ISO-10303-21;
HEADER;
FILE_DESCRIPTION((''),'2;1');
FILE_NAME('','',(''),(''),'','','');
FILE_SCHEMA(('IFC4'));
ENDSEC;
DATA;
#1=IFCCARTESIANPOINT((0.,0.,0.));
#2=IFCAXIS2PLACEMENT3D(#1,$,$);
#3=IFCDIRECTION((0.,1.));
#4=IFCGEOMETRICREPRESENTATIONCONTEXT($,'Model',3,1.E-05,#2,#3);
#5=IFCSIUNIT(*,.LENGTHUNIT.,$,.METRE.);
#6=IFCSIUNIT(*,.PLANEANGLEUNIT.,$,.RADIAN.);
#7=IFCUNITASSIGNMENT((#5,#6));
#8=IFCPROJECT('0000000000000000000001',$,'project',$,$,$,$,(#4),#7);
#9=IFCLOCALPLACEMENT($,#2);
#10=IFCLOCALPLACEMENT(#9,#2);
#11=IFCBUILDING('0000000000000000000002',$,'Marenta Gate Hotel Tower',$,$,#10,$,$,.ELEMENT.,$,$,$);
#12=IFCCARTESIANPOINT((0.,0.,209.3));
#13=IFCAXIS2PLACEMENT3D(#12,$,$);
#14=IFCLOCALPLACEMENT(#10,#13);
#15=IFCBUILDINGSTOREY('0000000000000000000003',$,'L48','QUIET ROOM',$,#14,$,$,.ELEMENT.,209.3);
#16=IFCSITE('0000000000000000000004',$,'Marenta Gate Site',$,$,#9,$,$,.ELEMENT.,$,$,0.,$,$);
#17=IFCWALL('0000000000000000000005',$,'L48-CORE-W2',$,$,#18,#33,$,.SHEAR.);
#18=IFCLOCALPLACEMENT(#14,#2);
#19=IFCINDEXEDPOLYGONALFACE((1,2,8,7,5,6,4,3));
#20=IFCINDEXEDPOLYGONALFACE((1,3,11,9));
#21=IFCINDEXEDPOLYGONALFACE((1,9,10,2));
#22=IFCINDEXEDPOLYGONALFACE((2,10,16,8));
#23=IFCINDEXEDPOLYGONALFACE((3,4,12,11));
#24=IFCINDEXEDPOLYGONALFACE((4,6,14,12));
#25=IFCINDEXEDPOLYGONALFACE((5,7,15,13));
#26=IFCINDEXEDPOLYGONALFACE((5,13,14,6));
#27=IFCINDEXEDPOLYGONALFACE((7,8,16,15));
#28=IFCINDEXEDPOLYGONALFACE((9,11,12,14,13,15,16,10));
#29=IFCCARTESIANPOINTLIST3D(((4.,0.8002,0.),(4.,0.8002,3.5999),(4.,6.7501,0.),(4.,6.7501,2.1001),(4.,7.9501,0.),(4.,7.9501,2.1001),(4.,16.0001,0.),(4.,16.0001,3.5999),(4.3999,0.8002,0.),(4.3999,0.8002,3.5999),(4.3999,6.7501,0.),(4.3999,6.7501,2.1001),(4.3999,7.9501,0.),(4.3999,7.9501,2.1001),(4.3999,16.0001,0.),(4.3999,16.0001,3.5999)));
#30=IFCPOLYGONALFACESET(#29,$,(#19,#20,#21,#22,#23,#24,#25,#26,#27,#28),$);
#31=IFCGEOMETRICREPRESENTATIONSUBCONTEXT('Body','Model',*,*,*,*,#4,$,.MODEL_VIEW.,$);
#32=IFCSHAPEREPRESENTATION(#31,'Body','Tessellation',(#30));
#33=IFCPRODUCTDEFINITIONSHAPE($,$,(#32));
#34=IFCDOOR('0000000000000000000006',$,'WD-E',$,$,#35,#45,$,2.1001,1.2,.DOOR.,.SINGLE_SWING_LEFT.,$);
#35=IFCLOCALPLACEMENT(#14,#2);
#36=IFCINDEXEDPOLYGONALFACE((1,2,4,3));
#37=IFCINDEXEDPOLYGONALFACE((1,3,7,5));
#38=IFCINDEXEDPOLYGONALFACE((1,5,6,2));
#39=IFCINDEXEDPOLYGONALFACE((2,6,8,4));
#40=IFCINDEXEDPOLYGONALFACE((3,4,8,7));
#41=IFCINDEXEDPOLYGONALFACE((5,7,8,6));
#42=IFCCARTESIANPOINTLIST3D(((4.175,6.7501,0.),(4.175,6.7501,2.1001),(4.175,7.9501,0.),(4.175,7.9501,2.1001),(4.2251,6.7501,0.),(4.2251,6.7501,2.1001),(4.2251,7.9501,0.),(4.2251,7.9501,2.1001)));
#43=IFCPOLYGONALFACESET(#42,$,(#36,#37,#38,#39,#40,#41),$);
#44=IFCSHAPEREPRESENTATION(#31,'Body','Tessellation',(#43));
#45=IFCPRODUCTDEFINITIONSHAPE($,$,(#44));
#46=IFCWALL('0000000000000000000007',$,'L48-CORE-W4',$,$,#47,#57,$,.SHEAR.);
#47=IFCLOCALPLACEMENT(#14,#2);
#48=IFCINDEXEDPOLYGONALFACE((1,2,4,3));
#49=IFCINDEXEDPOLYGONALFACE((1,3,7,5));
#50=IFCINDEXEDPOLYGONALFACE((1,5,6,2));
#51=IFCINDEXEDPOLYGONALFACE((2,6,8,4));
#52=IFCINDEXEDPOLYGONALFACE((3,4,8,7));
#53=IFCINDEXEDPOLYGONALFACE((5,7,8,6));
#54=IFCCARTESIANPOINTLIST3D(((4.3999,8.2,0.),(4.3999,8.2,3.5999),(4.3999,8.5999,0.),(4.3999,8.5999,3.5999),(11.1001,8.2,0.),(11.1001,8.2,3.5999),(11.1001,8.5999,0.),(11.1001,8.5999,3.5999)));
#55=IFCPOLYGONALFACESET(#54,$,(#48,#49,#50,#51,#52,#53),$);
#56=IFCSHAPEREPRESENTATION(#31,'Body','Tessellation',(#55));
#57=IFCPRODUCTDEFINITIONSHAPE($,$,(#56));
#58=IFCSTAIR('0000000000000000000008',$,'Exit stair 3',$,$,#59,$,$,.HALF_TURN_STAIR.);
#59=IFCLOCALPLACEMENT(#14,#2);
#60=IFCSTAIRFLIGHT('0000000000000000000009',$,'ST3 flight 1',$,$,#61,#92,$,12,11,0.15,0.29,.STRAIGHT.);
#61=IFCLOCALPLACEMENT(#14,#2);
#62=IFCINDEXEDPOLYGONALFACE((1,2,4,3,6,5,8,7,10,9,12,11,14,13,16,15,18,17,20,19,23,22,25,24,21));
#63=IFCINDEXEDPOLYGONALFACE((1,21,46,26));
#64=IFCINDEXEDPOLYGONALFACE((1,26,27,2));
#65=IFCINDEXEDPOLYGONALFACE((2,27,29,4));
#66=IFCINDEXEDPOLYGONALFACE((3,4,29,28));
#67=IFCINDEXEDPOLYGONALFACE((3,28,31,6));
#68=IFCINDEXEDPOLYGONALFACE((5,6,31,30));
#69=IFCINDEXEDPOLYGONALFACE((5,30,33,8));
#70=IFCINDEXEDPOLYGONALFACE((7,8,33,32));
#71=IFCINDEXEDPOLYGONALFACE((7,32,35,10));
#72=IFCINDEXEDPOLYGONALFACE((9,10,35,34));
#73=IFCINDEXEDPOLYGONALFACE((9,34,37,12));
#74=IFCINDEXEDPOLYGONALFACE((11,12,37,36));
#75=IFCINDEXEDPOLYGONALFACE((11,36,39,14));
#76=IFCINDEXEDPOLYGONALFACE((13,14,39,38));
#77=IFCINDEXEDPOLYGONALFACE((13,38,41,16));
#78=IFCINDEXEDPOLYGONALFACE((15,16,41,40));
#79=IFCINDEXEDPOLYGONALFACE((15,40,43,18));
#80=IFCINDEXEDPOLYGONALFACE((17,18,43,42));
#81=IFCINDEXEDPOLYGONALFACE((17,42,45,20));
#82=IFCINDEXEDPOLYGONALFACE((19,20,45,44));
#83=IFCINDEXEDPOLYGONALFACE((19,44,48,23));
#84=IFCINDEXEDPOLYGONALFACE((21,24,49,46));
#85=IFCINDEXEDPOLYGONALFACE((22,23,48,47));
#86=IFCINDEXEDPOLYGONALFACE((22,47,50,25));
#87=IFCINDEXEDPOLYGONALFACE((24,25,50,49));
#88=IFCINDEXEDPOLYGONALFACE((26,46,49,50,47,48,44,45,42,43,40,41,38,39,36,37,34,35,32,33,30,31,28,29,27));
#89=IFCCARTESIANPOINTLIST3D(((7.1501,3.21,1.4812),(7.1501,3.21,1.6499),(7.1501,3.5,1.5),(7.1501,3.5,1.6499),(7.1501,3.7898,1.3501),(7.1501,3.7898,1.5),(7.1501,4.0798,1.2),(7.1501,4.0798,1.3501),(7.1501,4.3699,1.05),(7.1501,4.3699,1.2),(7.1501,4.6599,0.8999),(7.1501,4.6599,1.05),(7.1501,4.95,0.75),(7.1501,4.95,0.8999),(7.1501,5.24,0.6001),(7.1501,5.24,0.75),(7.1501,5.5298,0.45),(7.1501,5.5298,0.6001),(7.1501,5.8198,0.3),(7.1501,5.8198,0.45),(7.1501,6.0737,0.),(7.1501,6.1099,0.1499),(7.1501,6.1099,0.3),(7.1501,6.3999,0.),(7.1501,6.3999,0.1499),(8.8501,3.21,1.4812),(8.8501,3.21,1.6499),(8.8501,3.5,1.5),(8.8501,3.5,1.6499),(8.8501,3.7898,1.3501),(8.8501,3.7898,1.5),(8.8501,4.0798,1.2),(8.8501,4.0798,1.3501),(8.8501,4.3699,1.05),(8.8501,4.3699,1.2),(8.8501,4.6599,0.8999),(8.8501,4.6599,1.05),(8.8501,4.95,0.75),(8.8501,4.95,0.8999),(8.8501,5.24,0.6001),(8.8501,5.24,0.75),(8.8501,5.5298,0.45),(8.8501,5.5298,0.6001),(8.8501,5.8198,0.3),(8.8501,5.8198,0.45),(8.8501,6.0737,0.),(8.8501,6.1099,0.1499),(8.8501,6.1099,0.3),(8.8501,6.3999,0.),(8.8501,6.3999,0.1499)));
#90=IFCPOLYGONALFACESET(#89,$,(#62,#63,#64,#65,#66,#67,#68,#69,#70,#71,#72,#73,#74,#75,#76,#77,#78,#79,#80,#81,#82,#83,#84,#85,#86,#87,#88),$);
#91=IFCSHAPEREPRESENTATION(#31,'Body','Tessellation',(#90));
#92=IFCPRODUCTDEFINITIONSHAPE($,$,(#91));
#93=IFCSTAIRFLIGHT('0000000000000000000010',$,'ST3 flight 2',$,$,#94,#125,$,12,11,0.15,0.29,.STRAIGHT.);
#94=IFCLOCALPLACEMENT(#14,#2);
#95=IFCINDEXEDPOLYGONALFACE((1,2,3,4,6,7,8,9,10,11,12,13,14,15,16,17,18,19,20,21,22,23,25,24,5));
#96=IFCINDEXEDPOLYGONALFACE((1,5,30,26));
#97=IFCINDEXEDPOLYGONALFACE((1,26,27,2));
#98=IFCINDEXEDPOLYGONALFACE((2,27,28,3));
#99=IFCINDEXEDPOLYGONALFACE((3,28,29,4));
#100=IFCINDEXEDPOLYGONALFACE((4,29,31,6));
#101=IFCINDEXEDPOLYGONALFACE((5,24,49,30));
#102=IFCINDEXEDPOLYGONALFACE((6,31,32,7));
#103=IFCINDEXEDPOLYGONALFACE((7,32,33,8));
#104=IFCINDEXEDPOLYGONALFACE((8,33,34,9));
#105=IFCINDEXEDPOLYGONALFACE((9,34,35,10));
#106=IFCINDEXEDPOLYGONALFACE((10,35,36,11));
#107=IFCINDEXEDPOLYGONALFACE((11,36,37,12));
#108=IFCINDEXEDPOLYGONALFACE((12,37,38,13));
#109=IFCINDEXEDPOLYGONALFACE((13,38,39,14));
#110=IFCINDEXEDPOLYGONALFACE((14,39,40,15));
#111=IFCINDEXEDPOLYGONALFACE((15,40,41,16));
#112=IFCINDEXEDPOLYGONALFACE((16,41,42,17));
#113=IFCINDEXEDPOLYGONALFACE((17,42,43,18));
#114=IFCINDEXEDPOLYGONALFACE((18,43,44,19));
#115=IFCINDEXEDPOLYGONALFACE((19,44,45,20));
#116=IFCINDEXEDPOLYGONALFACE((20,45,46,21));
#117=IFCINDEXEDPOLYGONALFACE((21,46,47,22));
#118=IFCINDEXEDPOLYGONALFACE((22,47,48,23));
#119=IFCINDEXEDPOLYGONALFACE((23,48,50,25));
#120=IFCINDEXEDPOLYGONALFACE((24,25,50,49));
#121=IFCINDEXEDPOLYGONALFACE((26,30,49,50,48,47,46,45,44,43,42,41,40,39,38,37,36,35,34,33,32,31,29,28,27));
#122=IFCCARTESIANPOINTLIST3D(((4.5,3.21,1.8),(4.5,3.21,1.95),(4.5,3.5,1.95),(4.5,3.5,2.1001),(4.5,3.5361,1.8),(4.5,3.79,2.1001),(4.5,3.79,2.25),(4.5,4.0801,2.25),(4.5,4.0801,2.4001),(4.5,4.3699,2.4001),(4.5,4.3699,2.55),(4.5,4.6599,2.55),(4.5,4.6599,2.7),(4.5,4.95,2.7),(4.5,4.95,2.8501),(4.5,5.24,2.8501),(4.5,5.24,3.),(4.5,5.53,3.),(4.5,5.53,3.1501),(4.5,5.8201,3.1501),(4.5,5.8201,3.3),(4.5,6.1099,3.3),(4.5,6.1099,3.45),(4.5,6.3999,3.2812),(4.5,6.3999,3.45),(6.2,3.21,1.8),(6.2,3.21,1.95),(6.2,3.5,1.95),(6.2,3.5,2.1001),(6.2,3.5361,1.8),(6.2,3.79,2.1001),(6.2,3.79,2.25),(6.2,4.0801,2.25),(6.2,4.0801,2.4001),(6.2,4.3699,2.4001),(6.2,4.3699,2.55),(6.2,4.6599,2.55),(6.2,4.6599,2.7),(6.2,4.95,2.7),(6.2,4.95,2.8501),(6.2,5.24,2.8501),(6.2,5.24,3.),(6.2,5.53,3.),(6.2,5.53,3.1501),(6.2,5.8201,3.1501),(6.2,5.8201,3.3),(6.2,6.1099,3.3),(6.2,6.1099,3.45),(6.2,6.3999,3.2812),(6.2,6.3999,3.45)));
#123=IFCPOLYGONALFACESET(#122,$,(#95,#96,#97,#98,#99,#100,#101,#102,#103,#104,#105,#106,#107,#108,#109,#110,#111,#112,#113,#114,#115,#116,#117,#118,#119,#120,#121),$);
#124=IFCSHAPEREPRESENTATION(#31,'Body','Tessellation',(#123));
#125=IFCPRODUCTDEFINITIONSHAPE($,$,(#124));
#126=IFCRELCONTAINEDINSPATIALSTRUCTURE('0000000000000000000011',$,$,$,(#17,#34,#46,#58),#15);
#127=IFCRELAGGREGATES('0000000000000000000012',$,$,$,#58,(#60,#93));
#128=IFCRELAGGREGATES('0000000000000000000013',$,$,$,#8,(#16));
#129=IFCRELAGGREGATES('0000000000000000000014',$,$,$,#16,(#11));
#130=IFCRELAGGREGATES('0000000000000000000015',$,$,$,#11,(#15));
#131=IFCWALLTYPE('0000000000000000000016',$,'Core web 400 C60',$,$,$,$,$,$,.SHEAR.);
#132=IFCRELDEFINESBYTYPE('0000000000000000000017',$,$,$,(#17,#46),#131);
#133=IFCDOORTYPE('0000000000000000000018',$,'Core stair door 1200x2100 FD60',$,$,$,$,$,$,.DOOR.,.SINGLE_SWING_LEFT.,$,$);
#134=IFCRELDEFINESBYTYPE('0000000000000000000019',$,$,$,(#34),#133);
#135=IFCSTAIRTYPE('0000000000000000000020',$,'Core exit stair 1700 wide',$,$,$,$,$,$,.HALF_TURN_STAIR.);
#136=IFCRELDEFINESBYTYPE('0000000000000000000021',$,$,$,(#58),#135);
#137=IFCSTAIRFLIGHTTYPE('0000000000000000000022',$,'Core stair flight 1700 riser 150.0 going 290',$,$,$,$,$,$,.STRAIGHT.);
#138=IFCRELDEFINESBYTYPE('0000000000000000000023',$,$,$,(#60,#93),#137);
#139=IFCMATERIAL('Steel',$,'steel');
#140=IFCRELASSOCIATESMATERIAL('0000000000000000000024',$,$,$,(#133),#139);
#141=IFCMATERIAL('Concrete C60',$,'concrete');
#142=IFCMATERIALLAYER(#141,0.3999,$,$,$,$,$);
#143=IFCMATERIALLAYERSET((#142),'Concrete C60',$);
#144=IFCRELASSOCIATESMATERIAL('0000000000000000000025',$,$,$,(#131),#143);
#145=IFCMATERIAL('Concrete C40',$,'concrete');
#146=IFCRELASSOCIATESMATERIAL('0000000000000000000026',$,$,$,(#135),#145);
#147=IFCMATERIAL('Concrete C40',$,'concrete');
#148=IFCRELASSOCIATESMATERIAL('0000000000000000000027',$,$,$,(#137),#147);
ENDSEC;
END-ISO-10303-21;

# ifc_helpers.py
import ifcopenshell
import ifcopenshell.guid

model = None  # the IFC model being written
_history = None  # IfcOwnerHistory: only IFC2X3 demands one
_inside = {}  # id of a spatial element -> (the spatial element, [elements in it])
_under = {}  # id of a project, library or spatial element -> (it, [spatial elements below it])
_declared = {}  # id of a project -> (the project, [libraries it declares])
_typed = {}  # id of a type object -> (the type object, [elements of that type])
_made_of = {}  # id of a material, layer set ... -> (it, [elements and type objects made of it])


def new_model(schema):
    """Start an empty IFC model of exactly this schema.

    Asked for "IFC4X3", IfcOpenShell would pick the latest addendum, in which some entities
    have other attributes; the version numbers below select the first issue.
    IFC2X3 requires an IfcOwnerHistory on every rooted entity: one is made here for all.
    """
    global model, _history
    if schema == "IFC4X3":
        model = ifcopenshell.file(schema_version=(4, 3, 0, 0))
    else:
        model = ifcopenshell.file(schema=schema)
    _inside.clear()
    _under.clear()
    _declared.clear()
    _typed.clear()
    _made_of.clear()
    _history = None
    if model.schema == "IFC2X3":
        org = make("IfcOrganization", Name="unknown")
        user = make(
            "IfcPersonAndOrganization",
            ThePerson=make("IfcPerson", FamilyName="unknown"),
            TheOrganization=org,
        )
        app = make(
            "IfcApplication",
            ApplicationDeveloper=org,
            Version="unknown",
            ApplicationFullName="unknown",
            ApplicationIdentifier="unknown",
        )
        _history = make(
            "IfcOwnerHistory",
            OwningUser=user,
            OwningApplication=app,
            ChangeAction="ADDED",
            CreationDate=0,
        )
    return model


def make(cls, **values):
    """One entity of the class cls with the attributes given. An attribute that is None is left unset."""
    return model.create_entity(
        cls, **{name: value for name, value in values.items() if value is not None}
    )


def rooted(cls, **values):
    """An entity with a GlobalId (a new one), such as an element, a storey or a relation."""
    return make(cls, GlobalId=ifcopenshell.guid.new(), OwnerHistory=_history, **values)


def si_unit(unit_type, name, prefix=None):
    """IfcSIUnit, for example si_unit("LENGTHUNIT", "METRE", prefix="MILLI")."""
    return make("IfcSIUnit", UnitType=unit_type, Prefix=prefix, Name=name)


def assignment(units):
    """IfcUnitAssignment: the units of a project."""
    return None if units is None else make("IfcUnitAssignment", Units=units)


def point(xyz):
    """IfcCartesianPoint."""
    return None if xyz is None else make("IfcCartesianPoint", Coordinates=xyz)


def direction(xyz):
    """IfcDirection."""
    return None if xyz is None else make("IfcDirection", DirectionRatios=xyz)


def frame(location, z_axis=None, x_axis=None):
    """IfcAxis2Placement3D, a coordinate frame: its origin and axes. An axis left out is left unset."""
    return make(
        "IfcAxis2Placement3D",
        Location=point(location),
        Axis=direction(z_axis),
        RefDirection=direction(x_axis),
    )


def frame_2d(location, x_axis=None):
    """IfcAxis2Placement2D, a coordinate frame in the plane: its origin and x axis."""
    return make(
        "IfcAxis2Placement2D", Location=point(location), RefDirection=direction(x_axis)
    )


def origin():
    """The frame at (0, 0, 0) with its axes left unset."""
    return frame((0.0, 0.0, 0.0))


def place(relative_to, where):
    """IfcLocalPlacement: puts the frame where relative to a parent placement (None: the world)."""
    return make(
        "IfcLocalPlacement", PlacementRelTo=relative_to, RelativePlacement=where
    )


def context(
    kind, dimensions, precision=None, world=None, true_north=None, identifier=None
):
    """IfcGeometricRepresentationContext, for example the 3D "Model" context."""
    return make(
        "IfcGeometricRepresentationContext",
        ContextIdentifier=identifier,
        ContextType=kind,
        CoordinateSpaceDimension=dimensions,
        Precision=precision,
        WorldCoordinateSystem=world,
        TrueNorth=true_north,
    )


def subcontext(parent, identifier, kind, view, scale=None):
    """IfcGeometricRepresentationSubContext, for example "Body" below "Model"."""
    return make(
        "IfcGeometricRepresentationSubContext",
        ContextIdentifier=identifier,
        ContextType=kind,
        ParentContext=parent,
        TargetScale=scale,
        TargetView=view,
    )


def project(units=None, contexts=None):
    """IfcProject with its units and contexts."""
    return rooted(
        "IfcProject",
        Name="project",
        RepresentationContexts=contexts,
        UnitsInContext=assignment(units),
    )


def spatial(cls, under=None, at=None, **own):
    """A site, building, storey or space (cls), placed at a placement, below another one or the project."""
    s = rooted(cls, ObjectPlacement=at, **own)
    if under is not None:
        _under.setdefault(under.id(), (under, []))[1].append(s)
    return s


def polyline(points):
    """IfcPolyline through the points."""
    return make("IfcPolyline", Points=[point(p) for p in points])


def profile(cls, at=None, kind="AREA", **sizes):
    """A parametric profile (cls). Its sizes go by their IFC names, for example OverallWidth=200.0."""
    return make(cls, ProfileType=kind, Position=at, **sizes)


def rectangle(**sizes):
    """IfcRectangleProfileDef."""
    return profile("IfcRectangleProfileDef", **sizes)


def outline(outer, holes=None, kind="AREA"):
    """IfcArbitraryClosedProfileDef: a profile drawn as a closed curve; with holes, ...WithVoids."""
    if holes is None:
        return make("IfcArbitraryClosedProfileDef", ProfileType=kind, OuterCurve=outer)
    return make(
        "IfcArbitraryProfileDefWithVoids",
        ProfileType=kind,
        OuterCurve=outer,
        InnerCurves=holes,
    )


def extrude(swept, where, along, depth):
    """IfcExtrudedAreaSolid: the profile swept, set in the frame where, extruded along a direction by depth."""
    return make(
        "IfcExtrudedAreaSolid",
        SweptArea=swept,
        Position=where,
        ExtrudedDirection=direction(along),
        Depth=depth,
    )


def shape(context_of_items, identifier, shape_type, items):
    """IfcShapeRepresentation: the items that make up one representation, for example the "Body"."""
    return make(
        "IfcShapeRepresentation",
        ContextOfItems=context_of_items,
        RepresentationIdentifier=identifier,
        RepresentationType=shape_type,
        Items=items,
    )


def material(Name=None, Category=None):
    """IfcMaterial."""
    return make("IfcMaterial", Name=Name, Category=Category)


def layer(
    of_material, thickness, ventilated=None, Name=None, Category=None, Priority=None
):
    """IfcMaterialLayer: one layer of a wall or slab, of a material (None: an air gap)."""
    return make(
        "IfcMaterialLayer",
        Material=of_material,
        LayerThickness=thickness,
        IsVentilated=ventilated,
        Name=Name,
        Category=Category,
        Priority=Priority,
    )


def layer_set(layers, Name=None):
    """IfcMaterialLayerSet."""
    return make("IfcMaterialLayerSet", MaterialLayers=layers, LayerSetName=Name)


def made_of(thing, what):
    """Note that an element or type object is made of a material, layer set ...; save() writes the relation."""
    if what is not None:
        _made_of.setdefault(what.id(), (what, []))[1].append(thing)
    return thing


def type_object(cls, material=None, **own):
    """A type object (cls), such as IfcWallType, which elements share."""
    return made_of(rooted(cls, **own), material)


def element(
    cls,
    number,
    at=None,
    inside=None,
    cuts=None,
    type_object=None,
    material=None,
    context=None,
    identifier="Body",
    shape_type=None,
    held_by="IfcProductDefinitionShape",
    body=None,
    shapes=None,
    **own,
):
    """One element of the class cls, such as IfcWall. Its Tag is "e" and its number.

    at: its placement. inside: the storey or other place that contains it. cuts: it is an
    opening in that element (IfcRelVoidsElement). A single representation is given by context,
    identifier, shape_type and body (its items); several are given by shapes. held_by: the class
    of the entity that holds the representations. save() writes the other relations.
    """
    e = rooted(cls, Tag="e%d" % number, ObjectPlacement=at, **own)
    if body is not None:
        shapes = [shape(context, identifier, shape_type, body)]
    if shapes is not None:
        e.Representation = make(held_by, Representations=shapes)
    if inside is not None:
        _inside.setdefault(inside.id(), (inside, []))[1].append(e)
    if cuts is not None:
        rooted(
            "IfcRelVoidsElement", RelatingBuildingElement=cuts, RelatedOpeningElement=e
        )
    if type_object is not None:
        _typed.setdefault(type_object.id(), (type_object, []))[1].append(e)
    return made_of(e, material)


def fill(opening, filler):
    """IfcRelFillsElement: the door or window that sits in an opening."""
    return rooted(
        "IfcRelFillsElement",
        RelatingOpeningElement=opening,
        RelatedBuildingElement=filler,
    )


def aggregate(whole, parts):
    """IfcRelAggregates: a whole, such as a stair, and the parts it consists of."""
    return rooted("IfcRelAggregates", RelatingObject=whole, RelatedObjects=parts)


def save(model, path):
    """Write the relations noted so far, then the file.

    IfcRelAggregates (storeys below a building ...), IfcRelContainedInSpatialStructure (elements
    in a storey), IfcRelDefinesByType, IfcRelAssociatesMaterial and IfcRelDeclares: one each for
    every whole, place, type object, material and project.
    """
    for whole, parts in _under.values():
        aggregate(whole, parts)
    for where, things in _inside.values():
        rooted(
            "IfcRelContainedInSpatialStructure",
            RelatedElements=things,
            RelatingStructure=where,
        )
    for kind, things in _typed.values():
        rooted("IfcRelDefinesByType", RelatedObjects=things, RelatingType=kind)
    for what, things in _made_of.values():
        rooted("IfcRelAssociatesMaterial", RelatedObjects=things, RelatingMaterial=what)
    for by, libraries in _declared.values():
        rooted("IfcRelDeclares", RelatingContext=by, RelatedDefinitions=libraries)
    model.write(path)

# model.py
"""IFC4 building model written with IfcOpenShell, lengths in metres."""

from ifc_helpers import new_model, si_unit, direction, frame, frame_2d, origin, place, context, subcontext, project, spatial, polyline, rectangle, outline, extrude, material, layer, layer_set, type_object, element, fill, aggregate, save


model = new_model("IFC4")

# Units and contexts
model_context = context("Model", 3, precision=1e-05, world=origin(), true_north=direction((0.0, 1.0)))
body_context = subcontext(model_context, "Body", "Model", "MODEL_VIEW")
ifc_project = project(units=[si_unit("LENGTHUNIT", "METRE"), si_unit("PLANEANGLEUNIT", "RADIAN")], contexts=[model_context])

# Site, building, storey
site_placement = place(None, origin())
site = spatial("IfcSite", under=ifc_project, at=site_placement, Name="Marenta Gate Site", CompositionType="ELEMENT", RefElevation=0.0)
building_placement = place(site_placement, origin())
building = spatial("IfcBuilding", under=site, at=building_placement, Name="Marenta Gate Hotel Tower", CompositionType="ELEMENT")
storey_placement = place(building_placement, frame((0.0, 0.0, 209.3)))
storey = spatial("IfcBuildingStorey", under=building, at=storey_placement, Name="L48", Description="QUIET ROOM", CompositionType="ELEMENT", Elevation=209.3)

# Shared definitions
ifc_material_1 = material(Name="Steel", Category="steel")
door_type_1 = type_object("IfcDoorType", Name="Core stair door 1200x2100 FD60", OperationType="SINGLE_SWING_LEFT", PredefinedType="DOOR", material=ifc_material_1)

# Wall, opening, door
ifc_material_2 = material(Name="Concrete C60", Category="concrete")
ifc_layer_1 = layer(ifc_material_2, 0.3999)
ifc_layer_set_1 = layer_set([ifc_layer_1], Name="Concrete C60")
wall_type_1 = type_object("IfcWallType", Name="Core web 400 C60", PredefinedType="SHEAR", material=ifc_layer_set_1)
wall_1_placement = place(storey_placement, frame((4.2, 0.8, 0.0), z_axis=(0.0, 0.0, 1.0), x_axis=(0.0, 1.0, 0.0)))
wall_1 = element("IfcWall", 1, at=wall_1_placement, inside=storey, type_object=wall_type_1, Name="L48-CORE-W2", PredefinedType="SHEAR", context=body_context, shape_type="SweptSolid", body=[
    extrude(rectangle(XDim=15.2, YDim=0.3999, at=frame_2d((7.6001, 0.0))), origin(), (0.0, 0.0, 1.0), 3.5999),
])
opening_1_placement = place(wall_1_placement, frame((5.95, 0.0, 0.0)))
opening_1 = element("IfcOpeningElement", 2, at=opening_1_placement, cuts=wall_1, PredefinedType="OPENING", context=body_context, shape_type="SweptSolid", body=[
    extrude(rectangle(XDim=1.2, YDim=2.1001, at=frame_2d((0.6001, 1.05))), frame((0.0, 0.2, 0.0), z_axis=(0.0, -1.0, 0.0), x_axis=(1.0, 0.0, 0.0)), (0.0, 0.0, 1.0), 0.3999),
])
door_1_placement = place(opening_1_placement, origin())
door_1 = element("IfcDoor", 3, at=door_1_placement, inside=storey, type_object=door_type_1, Name="WD-E", OperationType="SINGLE_SWING_LEFT", OverallHeight=2.1001, OverallWidth=1.2, PredefinedType="DOOR", context=body_context, shape_type="SweptSolid", body=[
    extrude(rectangle(XDim=1.2, YDim=2.1001, at=frame_2d((0.6001, 1.05))), frame((0.0, 0.0249, 0.0), z_axis=(0.0, -1.0, 0.0), x_axis=(1.0, 0.0, 0.0)), (0.0, 0.0, 1.0), 0.05),
])
fill(opening_1, door_1)

# Wall
wall_2_placement = place(storey_placement, frame((4.3999, 8.3999, 0.0), z_axis=(0.0, 0.0, 1.0), x_axis=(1.0, 0.0, 0.0)))
element("IfcWall", 4, at=wall_2_placement, inside=storey, type_object=wall_type_1, Name="L48-CORE-W4", PredefinedType="SHEAR", context=body_context, shape_type="SweptSolid", body=[
    extrude(rectangle(XDim=6.7002, YDim=0.3999, at=frame_2d((3.3501, 0.0))), origin(), (0.0, 0.0, 1.0), 3.5999),
])

# Stair, stair flights
ifc_material_3 = material(Name="Concrete C40", Category="concrete")
stair_type = type_object("IfcStairType", Name="Core exit stair 1700 wide", PredefinedType="HALF_TURN_STAIR", material=ifc_material_3)
stair_placement = place(storey_placement, origin())
stair = element("IfcStair", 5, at=stair_placement, inside=storey, type_object=stair_type, Name="Exit stair 3", PredefinedType="HALF_TURN_STAIR")
ifc_material_4 = material(Name="Concrete C40", Category="concrete")
stair_flight_type = type_object("IfcStairFlightType", Name="Core stair flight 1700 riser 150.0 going 290", PredefinedType="STRAIGHT", material=ifc_material_4)
stair_flight_1_placement = place(storey_placement, frame((8.0, 6.3999, 0.0), z_axis=(0.0, 0.0, 1.0), x_axis=(0.0, -1.0, 0.0)))
stair_flight_1 = element("IfcStairFlight", 6, at=stair_flight_1_placement, type_object=stair_flight_type, Name="ST3 flight 1", NumberOfRisers=12, NumberOfTreads=11, PredefinedType="STRAIGHT", RiserHeight=0.15, TreadLength=0.29, context=body_context, shape_type="SweptSolid", body=[
    extrude(outline(polyline([(0.0, 0.0), (0.0, 0.1499), (0.29, 0.1499), (0.29, 0.3), (0.5801, 0.3), (0.5801, 0.45), (0.8701, 0.45), (0.8701, 0.6001), (1.1599, 0.6001), (1.1599, 0.75), (1.45, 0.75), (1.45, 0.8999), (1.74, 0.8999), (1.74, 1.05), (2.03, 1.05), (2.03, 1.2), (2.3201, 1.2), (2.3201, 1.3501), (2.6101, 1.3501), (2.6101, 1.5), (2.8999, 1.5), (2.8999, 1.6499), (3.1899, 1.6499), (3.1899, 1.8), (3.1899, 1.4812), (0.3262, 0.0), (0.0, 0.0)])), frame((0.0, 0.8501, 0.0), z_axis=(0.0, -1.0, 0.0), x_axis=(1.0, 0.0, 0.0)), (0.0, 0.0, 1.0), 1.7),
])
stair_flight_2_placement = place(storey_placement, frame((5.3501, 3.21, 1.8), z_axis=(0.0, 0.0, 1.0), x_axis=(0.0, 1.0, 0.0)))
stair_flight_2 = element("IfcStairFlight", 7, at=stair_flight_2_placement, type_object=stair_flight_type, Name="ST3 flight 2", NumberOfRisers=12, NumberOfTreads=11, PredefinedType="STRAIGHT", RiserHeight=0.15, TreadLength=0.29, context=body_context, shape_type="SweptSolid", body=[
    extrude(outline(polyline([(0.0, 0.0), (0.0, 0.1499), (0.29, 0.1499), (0.29, 0.3), (0.5801, 0.3), (0.5801, 0.45), (0.8701, 0.45), (0.8701, 0.6001), (1.1599, 0.6001), (1.1599, 0.75), (1.45, 0.75), (1.45, 0.8999), (1.74, 0.8999), (1.74, 1.05), (2.03, 1.05), (2.03, 1.2), (2.3201, 1.2), (2.3201, 1.3501), (2.6101, 1.3501), (2.6101, 1.5), (2.8999, 1.5), (2.8999, 1.6499), (3.1899, 1.6499), (3.1899, 1.8), (3.1899, 1.4812), (0.3262, 0.0), (0.0, 0.0)])), frame((0.0, 0.8501, 0.0), z_axis=(0.0, -1.0, 0.0), x_axis=(1.0, 0.0, 0.0)), (0.0, 0.0, 1.0), 1.7),
])
aggregate(stair, [stair_flight_1, stair_flight_2])

save(model, "model.ifc")
